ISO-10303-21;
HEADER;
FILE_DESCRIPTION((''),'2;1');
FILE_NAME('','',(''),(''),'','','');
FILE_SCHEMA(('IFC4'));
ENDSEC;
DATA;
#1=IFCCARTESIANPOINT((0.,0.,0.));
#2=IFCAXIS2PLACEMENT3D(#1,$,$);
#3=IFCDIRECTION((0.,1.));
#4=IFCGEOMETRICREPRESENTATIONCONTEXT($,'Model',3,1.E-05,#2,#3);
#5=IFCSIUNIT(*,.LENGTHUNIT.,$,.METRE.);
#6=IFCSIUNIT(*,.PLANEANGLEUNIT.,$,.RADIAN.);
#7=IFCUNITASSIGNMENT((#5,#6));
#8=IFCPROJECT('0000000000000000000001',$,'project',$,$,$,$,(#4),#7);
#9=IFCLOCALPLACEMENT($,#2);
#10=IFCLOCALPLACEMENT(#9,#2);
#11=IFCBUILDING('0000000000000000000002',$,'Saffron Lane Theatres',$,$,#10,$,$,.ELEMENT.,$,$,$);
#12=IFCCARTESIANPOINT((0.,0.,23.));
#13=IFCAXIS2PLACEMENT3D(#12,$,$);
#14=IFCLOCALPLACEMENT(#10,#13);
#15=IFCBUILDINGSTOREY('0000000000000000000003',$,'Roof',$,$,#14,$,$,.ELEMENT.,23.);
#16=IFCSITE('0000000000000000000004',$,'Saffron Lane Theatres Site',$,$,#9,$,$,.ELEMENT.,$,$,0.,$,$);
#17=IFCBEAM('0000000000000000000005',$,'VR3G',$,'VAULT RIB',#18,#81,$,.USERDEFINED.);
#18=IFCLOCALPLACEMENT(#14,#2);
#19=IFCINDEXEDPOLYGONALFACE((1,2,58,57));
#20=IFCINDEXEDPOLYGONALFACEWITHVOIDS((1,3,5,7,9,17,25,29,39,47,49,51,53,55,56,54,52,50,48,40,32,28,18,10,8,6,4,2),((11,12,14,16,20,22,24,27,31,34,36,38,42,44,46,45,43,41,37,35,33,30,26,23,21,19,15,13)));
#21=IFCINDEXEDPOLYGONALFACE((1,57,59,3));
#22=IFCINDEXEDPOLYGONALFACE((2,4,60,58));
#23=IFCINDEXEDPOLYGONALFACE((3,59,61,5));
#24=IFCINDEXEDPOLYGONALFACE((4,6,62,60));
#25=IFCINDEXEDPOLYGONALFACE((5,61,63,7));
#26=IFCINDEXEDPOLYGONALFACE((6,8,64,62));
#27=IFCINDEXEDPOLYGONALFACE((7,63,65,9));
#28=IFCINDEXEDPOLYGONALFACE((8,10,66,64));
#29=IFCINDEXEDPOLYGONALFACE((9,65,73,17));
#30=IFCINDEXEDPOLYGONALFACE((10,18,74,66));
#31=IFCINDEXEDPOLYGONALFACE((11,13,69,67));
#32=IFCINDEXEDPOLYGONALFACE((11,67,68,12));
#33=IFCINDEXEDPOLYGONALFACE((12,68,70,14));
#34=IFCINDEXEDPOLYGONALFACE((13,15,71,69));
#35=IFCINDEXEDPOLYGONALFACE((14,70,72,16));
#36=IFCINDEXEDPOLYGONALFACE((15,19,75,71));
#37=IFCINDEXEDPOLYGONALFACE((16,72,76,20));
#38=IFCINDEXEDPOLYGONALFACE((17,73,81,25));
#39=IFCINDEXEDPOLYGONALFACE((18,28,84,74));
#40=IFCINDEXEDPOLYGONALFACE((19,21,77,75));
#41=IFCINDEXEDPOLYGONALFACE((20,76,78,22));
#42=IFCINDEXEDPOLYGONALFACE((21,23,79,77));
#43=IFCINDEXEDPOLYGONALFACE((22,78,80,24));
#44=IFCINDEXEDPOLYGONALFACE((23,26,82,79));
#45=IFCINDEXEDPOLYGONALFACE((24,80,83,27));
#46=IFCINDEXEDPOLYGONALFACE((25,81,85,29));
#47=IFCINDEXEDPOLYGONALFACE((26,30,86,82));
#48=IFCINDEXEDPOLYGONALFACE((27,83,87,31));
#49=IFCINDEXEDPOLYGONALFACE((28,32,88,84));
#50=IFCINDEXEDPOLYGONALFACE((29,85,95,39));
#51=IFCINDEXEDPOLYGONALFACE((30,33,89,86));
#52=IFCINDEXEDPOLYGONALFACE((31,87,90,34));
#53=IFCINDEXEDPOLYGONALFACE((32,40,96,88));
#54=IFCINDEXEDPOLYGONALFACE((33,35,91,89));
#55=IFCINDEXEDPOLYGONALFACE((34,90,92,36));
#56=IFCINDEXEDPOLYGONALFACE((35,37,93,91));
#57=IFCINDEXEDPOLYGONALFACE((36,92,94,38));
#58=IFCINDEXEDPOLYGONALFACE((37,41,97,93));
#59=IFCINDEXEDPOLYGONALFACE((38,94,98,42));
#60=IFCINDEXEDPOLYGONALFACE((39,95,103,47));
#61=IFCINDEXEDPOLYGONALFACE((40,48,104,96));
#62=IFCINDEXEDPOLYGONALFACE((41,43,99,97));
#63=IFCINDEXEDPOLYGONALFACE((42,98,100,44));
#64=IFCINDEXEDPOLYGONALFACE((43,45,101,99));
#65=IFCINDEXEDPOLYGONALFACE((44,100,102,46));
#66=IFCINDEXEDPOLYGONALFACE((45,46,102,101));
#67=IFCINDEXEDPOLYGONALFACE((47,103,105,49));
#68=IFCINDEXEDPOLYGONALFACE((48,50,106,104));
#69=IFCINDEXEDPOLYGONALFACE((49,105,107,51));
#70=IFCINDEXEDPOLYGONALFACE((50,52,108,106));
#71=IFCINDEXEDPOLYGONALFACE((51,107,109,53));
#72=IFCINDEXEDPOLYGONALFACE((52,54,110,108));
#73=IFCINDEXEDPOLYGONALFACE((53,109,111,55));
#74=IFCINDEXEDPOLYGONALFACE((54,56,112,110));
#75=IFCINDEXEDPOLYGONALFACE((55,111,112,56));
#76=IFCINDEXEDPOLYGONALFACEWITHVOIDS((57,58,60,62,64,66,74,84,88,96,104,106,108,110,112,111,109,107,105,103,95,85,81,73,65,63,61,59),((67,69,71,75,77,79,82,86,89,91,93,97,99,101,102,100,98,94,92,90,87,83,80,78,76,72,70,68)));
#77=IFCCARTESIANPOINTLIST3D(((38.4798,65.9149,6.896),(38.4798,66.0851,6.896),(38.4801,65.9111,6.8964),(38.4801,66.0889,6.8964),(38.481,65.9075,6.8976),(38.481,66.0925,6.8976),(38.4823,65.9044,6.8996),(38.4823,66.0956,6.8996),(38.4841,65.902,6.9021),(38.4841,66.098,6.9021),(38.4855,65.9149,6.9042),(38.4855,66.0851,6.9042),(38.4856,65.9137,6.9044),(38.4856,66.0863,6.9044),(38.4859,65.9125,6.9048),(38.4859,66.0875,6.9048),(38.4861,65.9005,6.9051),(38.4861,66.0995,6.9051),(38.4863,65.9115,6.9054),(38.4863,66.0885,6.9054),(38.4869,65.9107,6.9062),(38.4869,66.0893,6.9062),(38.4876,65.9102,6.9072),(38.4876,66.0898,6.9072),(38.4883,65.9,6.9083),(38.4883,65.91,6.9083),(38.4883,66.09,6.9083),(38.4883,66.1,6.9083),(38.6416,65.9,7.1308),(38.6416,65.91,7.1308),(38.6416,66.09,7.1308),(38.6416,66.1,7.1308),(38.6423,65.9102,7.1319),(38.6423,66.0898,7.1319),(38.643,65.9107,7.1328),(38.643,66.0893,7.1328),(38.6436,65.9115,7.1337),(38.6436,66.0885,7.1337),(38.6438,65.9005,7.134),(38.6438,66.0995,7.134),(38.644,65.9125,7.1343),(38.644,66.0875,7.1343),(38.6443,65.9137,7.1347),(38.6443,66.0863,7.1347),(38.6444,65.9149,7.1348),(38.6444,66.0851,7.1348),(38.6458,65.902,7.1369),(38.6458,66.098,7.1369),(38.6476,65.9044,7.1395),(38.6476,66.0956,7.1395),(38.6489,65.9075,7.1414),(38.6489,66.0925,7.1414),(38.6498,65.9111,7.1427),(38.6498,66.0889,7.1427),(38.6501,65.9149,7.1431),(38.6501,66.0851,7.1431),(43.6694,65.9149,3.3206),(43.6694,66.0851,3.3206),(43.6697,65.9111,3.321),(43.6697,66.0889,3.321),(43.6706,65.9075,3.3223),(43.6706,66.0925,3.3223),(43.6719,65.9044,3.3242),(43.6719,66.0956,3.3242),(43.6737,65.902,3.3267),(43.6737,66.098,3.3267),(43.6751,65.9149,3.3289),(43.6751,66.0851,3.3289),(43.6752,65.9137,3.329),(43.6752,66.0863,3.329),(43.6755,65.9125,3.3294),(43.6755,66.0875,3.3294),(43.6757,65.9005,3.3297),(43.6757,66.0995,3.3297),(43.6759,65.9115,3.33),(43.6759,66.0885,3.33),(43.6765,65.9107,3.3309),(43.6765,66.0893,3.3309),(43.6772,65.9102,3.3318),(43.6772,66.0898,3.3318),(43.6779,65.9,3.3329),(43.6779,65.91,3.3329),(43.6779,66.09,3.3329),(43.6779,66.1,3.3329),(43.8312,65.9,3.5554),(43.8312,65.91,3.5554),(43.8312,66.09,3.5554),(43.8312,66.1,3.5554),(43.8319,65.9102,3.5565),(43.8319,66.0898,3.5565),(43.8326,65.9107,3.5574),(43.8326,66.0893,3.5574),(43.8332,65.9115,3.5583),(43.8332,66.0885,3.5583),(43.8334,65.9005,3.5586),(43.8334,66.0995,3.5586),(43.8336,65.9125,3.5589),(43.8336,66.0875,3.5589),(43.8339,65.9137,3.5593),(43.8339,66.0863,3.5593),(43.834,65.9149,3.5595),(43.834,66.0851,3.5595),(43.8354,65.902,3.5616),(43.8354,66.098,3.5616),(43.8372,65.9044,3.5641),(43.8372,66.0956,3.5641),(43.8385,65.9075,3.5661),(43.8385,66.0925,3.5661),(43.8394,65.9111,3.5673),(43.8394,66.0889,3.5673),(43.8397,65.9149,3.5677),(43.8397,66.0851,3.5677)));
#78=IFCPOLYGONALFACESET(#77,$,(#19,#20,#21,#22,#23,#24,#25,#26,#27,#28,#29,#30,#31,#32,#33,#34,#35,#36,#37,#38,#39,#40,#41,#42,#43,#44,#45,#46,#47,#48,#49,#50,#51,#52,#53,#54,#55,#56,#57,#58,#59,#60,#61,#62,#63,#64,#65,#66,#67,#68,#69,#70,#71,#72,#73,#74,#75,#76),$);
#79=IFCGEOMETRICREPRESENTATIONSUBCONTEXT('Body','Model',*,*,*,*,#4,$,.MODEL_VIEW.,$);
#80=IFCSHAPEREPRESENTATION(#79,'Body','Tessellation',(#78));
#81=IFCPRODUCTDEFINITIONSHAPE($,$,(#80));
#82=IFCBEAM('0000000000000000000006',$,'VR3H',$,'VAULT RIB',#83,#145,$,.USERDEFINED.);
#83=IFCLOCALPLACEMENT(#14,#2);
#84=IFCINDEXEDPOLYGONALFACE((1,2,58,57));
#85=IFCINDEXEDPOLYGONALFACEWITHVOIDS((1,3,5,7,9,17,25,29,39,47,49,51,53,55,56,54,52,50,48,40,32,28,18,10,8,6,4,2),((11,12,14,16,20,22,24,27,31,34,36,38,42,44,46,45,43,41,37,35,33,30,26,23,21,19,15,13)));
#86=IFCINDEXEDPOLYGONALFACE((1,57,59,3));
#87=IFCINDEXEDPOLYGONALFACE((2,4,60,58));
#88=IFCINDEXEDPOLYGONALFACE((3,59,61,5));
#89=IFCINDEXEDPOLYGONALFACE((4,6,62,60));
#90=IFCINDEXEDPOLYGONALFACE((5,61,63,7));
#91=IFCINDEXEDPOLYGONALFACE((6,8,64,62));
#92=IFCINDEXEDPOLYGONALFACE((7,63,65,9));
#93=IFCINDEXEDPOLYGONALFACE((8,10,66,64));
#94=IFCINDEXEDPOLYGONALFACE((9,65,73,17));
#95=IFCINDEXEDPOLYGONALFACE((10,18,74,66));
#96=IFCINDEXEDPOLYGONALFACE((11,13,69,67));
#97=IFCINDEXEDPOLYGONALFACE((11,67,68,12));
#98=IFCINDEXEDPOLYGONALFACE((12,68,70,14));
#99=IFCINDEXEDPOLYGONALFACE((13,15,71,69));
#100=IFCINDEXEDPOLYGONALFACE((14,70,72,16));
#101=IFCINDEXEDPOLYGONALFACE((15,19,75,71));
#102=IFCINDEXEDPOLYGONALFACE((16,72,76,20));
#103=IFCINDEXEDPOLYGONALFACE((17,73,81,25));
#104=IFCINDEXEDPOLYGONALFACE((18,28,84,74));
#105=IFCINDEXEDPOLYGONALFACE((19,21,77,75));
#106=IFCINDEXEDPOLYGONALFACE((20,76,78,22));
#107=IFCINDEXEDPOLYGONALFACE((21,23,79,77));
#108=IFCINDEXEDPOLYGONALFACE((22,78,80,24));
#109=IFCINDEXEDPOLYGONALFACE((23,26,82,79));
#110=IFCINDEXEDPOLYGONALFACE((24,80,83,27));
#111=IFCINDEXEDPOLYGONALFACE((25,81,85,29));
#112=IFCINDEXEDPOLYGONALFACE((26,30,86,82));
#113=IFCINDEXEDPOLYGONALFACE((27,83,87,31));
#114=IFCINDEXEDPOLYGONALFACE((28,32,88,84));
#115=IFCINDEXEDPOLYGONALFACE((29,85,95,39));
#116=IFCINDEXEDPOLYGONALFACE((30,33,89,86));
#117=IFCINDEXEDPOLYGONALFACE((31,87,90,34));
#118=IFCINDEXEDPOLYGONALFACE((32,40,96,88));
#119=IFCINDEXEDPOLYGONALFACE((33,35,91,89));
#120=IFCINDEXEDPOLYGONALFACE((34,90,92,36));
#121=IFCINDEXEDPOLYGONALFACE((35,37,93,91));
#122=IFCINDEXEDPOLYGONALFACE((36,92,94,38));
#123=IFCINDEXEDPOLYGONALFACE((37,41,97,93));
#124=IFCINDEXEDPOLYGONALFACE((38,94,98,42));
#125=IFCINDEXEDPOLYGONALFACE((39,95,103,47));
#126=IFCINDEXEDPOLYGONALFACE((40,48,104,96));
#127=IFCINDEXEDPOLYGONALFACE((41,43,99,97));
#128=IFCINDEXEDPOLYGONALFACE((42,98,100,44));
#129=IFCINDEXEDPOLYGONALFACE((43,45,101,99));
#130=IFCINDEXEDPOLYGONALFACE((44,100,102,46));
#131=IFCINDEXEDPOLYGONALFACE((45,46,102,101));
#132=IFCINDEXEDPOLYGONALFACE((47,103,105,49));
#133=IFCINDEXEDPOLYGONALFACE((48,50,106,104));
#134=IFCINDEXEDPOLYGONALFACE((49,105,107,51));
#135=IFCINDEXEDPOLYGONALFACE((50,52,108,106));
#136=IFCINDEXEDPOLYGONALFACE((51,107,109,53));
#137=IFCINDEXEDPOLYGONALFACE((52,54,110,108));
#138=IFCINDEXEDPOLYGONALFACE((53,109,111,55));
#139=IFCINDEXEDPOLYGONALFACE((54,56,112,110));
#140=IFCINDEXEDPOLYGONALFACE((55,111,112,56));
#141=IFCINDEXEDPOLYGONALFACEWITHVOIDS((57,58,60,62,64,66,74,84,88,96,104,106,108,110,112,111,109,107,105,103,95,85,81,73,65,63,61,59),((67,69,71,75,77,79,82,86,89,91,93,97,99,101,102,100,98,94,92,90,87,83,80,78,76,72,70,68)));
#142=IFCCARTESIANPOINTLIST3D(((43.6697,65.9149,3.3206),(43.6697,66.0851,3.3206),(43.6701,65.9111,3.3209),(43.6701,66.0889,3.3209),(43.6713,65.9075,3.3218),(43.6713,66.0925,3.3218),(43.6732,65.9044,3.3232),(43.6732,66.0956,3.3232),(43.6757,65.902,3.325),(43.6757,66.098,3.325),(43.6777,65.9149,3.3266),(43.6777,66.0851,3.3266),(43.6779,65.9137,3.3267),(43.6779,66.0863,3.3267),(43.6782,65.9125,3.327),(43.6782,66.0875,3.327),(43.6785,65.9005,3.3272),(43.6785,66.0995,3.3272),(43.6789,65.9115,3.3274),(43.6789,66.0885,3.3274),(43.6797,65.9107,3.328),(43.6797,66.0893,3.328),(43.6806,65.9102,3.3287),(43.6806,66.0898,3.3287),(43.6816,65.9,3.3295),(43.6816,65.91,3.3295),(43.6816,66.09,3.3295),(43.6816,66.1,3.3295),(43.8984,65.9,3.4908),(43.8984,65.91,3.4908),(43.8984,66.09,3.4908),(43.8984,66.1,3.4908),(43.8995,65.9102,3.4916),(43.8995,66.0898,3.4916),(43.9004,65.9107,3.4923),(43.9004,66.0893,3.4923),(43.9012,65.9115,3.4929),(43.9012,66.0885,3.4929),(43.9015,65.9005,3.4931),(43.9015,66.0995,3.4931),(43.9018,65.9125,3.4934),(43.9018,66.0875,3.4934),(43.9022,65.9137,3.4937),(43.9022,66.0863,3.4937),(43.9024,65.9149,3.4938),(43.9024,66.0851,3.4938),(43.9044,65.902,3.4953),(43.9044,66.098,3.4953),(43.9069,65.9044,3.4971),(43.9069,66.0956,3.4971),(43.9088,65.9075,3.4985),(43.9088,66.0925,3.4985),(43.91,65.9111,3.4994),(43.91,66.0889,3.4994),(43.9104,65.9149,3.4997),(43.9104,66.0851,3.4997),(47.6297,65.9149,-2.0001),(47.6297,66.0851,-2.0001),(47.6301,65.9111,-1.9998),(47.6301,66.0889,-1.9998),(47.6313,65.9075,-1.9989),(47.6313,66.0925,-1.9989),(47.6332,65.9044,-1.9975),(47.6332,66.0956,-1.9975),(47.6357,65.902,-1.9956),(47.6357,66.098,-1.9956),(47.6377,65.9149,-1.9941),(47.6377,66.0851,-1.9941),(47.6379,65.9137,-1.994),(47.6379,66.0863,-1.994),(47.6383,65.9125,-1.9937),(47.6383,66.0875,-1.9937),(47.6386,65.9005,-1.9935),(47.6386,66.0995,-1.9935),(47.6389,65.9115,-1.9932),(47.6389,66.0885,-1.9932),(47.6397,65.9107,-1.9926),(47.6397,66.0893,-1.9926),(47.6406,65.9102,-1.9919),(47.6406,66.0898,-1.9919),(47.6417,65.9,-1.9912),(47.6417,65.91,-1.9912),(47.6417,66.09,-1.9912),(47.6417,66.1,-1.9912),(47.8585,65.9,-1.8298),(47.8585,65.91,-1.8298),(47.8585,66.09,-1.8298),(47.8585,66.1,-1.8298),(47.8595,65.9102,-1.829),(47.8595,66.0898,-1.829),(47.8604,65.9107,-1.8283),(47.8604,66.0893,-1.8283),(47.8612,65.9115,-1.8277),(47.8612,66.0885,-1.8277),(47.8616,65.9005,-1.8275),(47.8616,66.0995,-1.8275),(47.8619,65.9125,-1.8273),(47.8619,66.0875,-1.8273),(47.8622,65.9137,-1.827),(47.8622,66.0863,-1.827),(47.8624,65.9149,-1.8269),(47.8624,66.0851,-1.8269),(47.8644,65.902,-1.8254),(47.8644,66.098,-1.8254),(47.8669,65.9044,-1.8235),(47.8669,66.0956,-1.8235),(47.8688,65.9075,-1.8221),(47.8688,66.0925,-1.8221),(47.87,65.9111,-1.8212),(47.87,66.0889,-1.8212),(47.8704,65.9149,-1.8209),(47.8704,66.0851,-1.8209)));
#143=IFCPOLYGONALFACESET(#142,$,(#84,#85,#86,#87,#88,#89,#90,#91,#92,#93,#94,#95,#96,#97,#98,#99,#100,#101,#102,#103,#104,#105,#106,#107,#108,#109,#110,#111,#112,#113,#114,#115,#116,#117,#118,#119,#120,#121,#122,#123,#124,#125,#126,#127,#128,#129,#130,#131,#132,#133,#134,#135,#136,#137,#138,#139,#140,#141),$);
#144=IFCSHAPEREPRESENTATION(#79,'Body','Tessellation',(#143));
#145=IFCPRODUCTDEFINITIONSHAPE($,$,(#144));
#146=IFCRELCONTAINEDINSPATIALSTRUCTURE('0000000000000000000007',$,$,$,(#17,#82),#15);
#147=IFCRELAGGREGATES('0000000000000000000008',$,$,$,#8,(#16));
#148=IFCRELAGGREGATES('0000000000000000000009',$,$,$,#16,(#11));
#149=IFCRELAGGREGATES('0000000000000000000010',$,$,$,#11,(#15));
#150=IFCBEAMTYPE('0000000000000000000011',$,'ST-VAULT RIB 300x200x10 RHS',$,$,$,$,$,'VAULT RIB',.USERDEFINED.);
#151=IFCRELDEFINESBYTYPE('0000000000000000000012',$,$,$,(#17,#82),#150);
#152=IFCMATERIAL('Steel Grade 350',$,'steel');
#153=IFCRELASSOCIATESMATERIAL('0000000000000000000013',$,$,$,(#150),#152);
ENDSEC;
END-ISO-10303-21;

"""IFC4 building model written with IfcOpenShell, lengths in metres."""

from ifc_helpers import new_model, si_unit, direction, frame, origin, origin_2d, place, context, subcontext, project, spatial, hollow_rectangle, extrude, material, material_profile, profile_set, type_object, element, save


model = new_model("IFC4")

# Units and contexts
model_context = context("Model", 3, precision=1e-05, world=origin(), true_north=direction((0.0, 1.0)))
body_context = subcontext(model_context, "Body", "Model", "MODEL_VIEW")
ifc_project = project(units=[si_unit("LENGTHUNIT", "METRE"), si_unit("PLANEANGLEUNIT", "RADIAN")], contexts=[model_context])

# Site, building, storey
site_placement = place(None, origin())
site = spatial("IfcSite", under=ifc_project, at=site_placement, Name="Saffron Lane Theatres Site", CompositionType="ELEMENT", RefElevation=0.0)
building_placement = place(site_placement, origin())
building = spatial("IfcBuilding", under=site, at=building_placement, Name="Saffron Lane Theatres", CompositionType="ELEMENT")
storey_placement = place(building_placement, frame((0.0, 0.0, 23.0)))
storey = spatial("IfcBuildingStorey", under=building, at=storey_placement, Name="Roof", CompositionType="ELEMENT", Elevation=23.0)

# Beams
ifc_material_1 = material(Name="Steel Grade 350", Category="steel")
ifc_material_profile_1 = material_profile(ifc_material_1, hollow_rectangle(XDim=0.2, YDim=0.3, WallThickness=0.01, InnerFilletRadius=0.0049, OuterFilletRadius=0.0149, at=origin_2d()))
ifc_profile_set_1 = profile_set([ifc_material_profile_1], Name="Steel Grade 350")
beam_type = type_object("IfcBeamType", Name="ST-VAULT RIB 300x200x10 RHS", ElementType="VAULT RIB", PredefinedType="USERDEFINED", material=ifc_profile_set_1)
beam_1_placement = place(storey_placement, frame((38.5649, 66.0, 7.0195), z_axis=(0.823484, 0.0, -0.567339), x_axis=(0.0, 1.0, 0.0)))
element("IfcBeam", 1, at=beam_1_placement, inside=storey, type_object=beam_type, Name="VR3G", ObjectType="VAULT RIB", PredefinedType="USERDEFINED", context=body_context, shape_type="SweptSolid", body=[
    extrude(hollow_rectangle(XDim=0.2, YDim=0.3, WallThickness=0.01, InnerFilletRadius=0.0049, OuterFilletRadius=0.0149, at=origin_2d()), origin(), (0.0, 0.0, 1.0), 6.302),
])
beam_2_placement = place(storey_placement, frame((43.79, 66.0, 3.4102), z_axis=(0.597057, 0.0, -0.802199), x_axis=(0.0, 1.0, 0.0)))
element("IfcBeam", 2, at=beam_2_placement, inside=storey, type_object=beam_type, Name="VR3H", ObjectType="VAULT RIB", PredefinedType="USERDEFINED", context=body_context, shape_type="SweptSolid", body=[
    extrude(hollow_rectangle(XDim=0.2, YDim=0.3, WallThickness=0.01, InnerFilletRadius=0.0049, OuterFilletRadius=0.0149, at=origin_2d()), origin(), (0.0, 0.0, 1.0), 6.6326),
])

save(model, "model.ifc")
